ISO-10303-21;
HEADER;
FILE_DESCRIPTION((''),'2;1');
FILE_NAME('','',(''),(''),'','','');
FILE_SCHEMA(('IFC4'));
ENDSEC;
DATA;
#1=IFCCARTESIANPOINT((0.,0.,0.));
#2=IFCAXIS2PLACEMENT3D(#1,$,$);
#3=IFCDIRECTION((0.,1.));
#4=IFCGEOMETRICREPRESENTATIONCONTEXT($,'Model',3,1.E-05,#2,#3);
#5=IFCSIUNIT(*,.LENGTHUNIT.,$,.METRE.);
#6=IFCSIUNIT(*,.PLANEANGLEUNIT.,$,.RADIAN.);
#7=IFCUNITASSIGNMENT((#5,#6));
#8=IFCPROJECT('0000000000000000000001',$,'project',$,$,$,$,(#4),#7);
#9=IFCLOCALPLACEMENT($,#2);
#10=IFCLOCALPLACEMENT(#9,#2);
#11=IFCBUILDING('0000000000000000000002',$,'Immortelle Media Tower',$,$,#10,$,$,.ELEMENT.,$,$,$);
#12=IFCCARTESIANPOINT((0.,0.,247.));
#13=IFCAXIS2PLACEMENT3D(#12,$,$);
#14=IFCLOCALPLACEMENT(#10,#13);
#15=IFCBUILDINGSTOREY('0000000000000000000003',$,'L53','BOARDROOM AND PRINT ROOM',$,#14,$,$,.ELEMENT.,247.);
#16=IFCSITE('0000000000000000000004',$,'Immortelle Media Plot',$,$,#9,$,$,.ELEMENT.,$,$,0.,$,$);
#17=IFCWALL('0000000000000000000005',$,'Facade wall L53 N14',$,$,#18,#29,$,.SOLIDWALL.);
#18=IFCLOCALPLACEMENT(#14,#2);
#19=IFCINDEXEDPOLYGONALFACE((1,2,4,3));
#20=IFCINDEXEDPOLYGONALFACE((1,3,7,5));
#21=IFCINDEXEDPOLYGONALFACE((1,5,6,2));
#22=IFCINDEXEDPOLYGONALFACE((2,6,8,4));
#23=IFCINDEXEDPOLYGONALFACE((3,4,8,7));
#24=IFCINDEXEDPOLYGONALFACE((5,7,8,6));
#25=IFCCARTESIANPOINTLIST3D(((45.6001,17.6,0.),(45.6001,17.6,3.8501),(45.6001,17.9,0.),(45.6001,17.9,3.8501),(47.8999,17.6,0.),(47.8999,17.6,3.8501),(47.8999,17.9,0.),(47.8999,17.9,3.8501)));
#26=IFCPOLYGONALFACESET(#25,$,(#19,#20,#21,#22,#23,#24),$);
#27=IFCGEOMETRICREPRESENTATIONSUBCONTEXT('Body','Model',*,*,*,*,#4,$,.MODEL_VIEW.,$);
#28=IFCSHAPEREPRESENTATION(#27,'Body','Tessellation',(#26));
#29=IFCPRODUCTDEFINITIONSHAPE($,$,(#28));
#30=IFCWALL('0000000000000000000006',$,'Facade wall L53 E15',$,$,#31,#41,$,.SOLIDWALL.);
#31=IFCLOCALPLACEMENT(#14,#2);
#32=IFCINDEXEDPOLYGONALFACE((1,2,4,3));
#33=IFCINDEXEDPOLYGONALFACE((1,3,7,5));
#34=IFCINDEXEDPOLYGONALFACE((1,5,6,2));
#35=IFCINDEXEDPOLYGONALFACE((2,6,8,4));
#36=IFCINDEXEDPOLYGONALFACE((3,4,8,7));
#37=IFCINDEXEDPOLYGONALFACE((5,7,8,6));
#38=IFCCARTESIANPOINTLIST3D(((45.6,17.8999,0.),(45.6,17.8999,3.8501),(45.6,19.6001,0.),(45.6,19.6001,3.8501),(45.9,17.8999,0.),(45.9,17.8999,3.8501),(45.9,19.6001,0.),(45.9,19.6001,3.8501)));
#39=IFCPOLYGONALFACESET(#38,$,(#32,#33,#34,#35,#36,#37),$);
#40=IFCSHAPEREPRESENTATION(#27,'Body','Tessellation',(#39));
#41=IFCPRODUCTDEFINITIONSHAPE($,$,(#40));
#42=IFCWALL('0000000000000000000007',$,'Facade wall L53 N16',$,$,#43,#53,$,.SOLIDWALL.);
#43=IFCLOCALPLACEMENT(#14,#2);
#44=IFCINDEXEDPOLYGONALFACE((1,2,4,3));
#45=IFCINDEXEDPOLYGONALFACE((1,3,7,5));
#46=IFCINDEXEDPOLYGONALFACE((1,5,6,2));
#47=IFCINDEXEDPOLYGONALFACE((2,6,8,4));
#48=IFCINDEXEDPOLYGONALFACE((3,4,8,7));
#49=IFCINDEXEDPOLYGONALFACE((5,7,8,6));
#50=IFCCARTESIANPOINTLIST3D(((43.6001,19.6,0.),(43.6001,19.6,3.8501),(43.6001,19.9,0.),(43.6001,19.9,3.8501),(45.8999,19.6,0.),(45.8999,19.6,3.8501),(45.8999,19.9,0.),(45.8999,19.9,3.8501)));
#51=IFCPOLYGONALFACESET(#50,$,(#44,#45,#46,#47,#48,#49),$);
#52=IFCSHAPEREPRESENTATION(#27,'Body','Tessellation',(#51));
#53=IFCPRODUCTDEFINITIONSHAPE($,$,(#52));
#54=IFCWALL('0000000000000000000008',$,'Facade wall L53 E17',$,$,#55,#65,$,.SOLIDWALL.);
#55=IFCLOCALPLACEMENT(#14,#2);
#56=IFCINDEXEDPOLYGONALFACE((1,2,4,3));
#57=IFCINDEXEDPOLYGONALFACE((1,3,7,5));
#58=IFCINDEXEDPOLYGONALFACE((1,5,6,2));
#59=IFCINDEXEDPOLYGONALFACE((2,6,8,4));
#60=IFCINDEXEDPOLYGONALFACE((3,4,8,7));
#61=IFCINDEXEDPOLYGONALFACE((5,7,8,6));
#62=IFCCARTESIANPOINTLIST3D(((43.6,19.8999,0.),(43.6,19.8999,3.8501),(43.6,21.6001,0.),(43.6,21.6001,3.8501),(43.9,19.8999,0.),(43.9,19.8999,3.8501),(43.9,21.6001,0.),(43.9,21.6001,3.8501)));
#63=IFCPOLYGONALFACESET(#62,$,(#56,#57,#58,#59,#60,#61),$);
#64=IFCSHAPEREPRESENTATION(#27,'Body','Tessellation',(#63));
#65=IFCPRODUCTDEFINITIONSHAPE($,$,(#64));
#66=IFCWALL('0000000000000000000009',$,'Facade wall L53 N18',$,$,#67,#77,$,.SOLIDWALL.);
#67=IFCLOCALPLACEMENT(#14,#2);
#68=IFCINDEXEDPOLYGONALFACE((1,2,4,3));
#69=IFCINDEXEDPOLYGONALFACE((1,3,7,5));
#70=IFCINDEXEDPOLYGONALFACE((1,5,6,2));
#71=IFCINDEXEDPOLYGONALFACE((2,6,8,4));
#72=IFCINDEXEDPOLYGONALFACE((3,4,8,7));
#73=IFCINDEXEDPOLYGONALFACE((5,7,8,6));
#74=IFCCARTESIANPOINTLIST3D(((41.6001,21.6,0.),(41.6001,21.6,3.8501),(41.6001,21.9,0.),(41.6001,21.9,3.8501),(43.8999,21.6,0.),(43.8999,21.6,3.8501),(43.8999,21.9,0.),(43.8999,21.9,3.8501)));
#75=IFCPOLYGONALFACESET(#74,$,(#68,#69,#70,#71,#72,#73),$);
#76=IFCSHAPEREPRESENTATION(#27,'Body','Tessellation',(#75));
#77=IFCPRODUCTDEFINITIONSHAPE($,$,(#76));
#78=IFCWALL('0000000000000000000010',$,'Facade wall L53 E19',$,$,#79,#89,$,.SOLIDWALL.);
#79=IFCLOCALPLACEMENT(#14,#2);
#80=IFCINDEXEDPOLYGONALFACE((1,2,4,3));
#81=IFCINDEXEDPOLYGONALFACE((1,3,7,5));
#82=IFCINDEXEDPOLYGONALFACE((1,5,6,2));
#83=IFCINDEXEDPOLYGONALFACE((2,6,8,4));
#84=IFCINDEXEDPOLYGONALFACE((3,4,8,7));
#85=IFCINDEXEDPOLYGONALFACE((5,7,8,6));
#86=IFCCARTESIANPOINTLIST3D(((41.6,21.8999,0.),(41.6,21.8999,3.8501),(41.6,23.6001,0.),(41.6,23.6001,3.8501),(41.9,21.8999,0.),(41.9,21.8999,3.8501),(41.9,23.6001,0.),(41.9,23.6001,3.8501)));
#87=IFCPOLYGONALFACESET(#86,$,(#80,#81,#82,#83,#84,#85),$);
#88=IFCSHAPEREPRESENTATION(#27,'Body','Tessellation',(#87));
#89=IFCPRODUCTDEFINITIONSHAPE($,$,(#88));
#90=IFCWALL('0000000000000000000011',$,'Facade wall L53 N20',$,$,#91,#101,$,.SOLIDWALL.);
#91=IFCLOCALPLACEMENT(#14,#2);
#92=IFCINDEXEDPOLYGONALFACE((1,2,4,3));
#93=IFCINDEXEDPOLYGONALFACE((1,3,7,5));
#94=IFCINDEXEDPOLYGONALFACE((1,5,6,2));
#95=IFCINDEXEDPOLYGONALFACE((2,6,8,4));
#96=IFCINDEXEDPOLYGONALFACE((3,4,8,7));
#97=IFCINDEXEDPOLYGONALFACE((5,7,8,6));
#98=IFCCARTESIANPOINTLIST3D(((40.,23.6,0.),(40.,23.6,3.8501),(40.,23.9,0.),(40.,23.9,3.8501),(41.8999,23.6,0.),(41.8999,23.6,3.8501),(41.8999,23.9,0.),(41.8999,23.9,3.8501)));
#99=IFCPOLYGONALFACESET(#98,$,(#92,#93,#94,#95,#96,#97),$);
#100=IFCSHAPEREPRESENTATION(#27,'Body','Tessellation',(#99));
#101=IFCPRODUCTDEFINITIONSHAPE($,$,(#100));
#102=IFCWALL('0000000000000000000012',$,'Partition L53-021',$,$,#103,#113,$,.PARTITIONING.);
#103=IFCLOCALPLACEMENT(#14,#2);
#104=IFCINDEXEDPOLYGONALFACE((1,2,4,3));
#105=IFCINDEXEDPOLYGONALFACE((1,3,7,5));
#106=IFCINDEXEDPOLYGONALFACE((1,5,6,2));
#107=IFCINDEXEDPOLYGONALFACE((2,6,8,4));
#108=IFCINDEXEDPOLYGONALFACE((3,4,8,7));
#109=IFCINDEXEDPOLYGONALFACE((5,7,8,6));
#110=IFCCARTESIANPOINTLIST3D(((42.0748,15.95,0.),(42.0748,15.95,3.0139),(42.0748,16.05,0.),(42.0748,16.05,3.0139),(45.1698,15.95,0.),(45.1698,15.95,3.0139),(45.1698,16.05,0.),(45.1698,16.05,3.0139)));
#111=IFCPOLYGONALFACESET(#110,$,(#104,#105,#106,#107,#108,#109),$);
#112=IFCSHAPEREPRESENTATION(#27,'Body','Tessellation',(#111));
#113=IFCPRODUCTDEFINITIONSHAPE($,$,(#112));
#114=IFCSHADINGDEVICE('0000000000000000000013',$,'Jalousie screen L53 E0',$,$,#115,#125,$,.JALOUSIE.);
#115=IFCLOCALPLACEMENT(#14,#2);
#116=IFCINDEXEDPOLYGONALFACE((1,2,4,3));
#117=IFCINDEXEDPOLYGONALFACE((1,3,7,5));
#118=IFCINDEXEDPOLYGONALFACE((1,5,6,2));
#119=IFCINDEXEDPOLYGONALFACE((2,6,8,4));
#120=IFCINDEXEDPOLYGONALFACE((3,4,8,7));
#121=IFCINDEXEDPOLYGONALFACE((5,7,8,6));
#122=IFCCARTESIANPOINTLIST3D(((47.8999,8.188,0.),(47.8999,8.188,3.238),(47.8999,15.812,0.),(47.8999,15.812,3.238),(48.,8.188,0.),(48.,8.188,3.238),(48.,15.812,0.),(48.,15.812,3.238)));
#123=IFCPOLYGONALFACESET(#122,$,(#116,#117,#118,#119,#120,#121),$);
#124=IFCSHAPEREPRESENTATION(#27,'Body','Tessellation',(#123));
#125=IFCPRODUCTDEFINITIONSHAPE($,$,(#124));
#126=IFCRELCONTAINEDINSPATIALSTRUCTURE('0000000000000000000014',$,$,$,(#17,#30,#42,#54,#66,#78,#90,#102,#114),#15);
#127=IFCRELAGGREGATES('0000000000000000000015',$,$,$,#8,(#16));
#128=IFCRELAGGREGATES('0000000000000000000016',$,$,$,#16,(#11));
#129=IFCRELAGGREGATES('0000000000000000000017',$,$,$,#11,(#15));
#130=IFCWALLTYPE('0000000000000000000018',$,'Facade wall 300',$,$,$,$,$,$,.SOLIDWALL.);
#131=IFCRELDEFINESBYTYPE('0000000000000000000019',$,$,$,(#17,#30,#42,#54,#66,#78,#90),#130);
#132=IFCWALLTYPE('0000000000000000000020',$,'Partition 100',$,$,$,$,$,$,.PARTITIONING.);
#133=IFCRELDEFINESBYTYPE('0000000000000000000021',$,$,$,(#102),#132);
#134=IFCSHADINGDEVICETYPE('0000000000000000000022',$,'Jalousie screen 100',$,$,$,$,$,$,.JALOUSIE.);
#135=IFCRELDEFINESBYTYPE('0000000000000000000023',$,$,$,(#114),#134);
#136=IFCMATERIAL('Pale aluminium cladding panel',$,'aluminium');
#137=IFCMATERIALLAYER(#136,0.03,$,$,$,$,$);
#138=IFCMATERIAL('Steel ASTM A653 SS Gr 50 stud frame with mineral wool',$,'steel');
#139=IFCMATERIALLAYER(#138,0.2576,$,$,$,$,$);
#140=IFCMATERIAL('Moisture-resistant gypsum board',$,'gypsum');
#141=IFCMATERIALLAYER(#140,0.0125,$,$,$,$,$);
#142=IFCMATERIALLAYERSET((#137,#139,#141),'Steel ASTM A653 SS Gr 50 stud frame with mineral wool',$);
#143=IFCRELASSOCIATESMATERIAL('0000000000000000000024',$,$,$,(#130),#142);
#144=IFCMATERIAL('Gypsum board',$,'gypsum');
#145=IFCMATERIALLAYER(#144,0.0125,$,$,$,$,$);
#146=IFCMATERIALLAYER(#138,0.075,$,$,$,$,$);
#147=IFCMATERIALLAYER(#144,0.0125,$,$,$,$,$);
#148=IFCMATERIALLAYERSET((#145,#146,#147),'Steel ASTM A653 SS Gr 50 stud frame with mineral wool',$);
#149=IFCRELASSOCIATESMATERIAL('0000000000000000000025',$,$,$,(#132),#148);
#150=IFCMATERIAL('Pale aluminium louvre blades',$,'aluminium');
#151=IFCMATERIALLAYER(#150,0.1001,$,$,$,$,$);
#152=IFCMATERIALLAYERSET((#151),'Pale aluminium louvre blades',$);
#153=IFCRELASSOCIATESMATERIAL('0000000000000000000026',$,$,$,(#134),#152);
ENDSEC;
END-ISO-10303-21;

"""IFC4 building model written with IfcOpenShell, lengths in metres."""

from ifc_helpers import new_model, si_unit, direction, frame, frame_2d, origin, origin_2d, place, context, subcontext, project, spatial, rectangle, extrude, material, layer, layer_set, type_object, element, save


model = new_model("IFC4")

# Units and contexts
model_context = context("Model", 3, precision=1e-05, world=origin(), true_north=direction((0.0, 1.0)))
body_context = subcontext(model_context, "Body", "Model", "MODEL_VIEW")
ifc_project = project(units=[si_unit("LENGTHUNIT", "METRE"), si_unit("PLANEANGLEUNIT", "RADIAN")], contexts=[model_context])

# Site, building, storey
site_placement = place(None, origin())
site = spatial("IfcSite", under=ifc_project, at=site_placement, Name="Immortelle Media Plot", CompositionType="ELEMENT", RefElevation=0.0)
building_placement = place(site_placement, origin())
building = spatial("IfcBuilding", under=site, at=building_placement, Name="Immortelle Media Tower", CompositionType="ELEMENT")
storey_placement = place(building_placement, frame((0.0, 0.0, 247.0)))
storey = spatial("IfcBuildingStorey", under=building, at=storey_placement, Name="L53", Description="BOARDROOM AND PRINT ROOM", CompositionType="ELEMENT", Elevation=247.0)

# Walls
ifc_material_1 = material(Name="Steel ASTM A653 SS Gr 50 stud frame with mineral wool", Category="steel")
ifc_material_2 = material(Name="Pale aluminium cladding panel", Category="aluminium")
ifc_layer_1 = layer(ifc_material_2, 0.03)
ifc_layer_2 = layer(ifc_material_1, 0.2576)
ifc_material_3 = material(Name="Moisture-resistant gypsum board", Category="gypsum")
ifc_layer_3 = layer(ifc_material_3, 0.0125)
ifc_layer_set_1 = layer_set([ifc_layer_1, ifc_layer_2, ifc_layer_3], Name="Steel ASTM A653 SS Gr 50 stud frame with mineral wool")
wall_type_1 = type_object("IfcWallType", Name="Facade wall 300", PredefinedType="SOLIDWALL", material=ifc_layer_set_1)
wall_1_placement = place(storey_placement, frame((47.8999, 17.75, 0.0), z_axis=(0.0, 0.0, 1.0), x_axis=(-1.0, 0.0, 0.0)))
element("IfcWall", 1, at=wall_1_placement, inside=storey, type_object=wall_type_1, Name="Facade wall L53 N14", PredefinedType="SOLIDWALL", context=body_context, shape_type="SweptSolid", body=[
    extrude(rectangle(XDim=2.2998, YDim=0.3, at=frame_2d((1.1499, 0.0))), origin(), (0.0, 0.0, 1.0), 3.8501),
])
wall_2_placement = place(storey_placement, frame((45.75, 17.8999, 0.0), z_axis=(0.0, 0.0, 1.0), x_axis=(0.0, 1.0, 0.0)))
element("IfcWall", 2, at=wall_2_placement, inside=storey, type_object=wall_type_1, Name="Facade wall L53 E15", PredefinedType="SOLIDWALL", context=body_context, shape_type="SweptSolid", body=[
    extrude(rectangle(XDim=1.7002, YDim=0.3, at=frame_2d((0.8501, 0.0))), origin(), (0.0, 0.0, 1.0), 3.8501),
])
wall_3_placement = place(storey_placement, frame((45.8999, 19.75, 0.0), z_axis=(0.0, 0.0, 1.0), x_axis=(-1.0, 0.0, 0.0)))
element("IfcWall", 3, at=wall_3_placement, inside=storey, type_object=wall_type_1, Name="Facade wall L53 N16", PredefinedType="SOLIDWALL", context=body_context, shape_type="SweptSolid", body=[
    extrude(rectangle(XDim=2.2998, YDim=0.3, at=frame_2d((1.1499, 0.0))), origin(), (0.0, 0.0, 1.0), 3.8501),
])
wall_4_placement = place(storey_placement, frame((43.75, 19.8999, 0.0), z_axis=(0.0, 0.0, 1.0), x_axis=(0.0, 1.0, 0.0)))
element("IfcWall", 4, at=wall_4_placement, inside=storey, type_object=wall_type_1, Name="Facade wall L53 E17", PredefinedType="SOLIDWALL", context=body_context, shape_type="SweptSolid", body=[
    extrude(rectangle(XDim=1.7002, YDim=0.3, at=frame_2d((0.8501, 0.0))), origin(), (0.0, 0.0, 1.0), 3.8501),
])
wall_5_placement = place(storey_placement, frame((43.8999, 21.75, 0.0), z_axis=(0.0, 0.0, 1.0), x_axis=(-1.0, 0.0, 0.0)))
element("IfcWall", 5, at=wall_5_placement, inside=storey, type_object=wall_type_1, Name="Facade wall L53 N18", PredefinedType="SOLIDWALL", context=body_context, shape_type="SweptSolid", body=[
    extrude(rectangle(XDim=2.2998, YDim=0.3, at=frame_2d((1.1499, 0.0))), origin(), (0.0, 0.0, 1.0), 3.8501),
])
wall_6_placement = place(storey_placement, frame((41.75, 21.8999, 0.0), z_axis=(0.0, 0.0, 1.0), x_axis=(0.0, 1.0, 0.0)))
element("IfcWall", 6, at=wall_6_placement, inside=storey, type_object=wall_type_1, Name="Facade wall L53 E19", PredefinedType="SOLIDWALL", context=body_context, shape_type="SweptSolid", body=[
    extrude(rectangle(XDim=1.7002, YDim=0.3, at=frame_2d((0.8501, 0.0))), origin(), (0.0, 0.0, 1.0), 3.8501),
])
wall_7_placement = place(storey_placement, frame((41.8999, 23.75, 0.0), z_axis=(0.0, 0.0, 1.0), x_axis=(-1.0, 0.0, 0.0)))
element("IfcWall", 7, at=wall_7_placement, inside=storey, type_object=wall_type_1, Name="Facade wall L53 N20", PredefinedType="SOLIDWALL", context=body_context, shape_type="SweptSolid", body=[
    extrude(rectangle(XDim=1.8999, YDim=0.3, at=frame_2d((0.95, 0.0))), origin(), (0.0, 0.0, 1.0), 3.8501),
])
ifc_material_4 = material(Name="Gypsum board", Category="gypsum")
ifc_layer_4 = layer(ifc_material_4, 0.0125)
ifc_layer_5 = layer(ifc_material_1, 0.075)
ifc_layer_6 = layer(ifc_material_4, 0.0125)
ifc_layer_set_2 = layer_set([ifc_layer_4, ifc_layer_5, ifc_layer_6], Name="Steel ASTM A653 SS Gr 50 stud frame with mineral wool")
wall_type_2 = type_object("IfcWallType", Name="Partition 100", PredefinedType="PARTITIONING", material=ifc_layer_set_2)
wall_8_placement = place(storey_placement, frame((42.075, 16.0, 0.0), z_axis=(0.0, 0.0, 1.0), x_axis=(1.0, 0.0, 0.0)))
element("IfcWall", 8, at=wall_8_placement, inside=storey, type_object=wall_type_2, Name="Partition L53-021", PredefinedType="PARTITIONING", context=body_context, shape_type="SweptSolid", body=[
    extrude(rectangle(XDim=3.095, YDim=0.1001, at=frame_2d((1.5474, 0.0))), origin(), (0.0, 0.0, 1.0), 3.0139),
])

# Shading device
ifc_material_5 = material(Name="Pale aluminium louvre blades", Category="aluminium")
ifc_layer_7 = layer(ifc_material_5, 0.1001)
ifc_layer_set_3 = layer_set([ifc_layer_7], Name="Pale aluminium louvre blades")
shading_device_type = type_object("IfcShadingDeviceType", Name="Jalousie screen 100", PredefinedType="JALOUSIE", material=ifc_layer_set_3)
shading_device_placement = place(storey_placement, frame((47.95, 12.0, 0.0), z_axis=(0.0, 0.0, 1.0), x_axis=(0.0, 1.0, 0.0)))
element("IfcShadingDevice", 9, at=shading_device_placement, inside=storey, type_object=shading_device_type, Name="Jalousie screen L53 E0", PredefinedType="JALOUSIE", context=body_context, shape_type="SweptSolid", body=[
    extrude(rectangle(XDim=7.624, YDim=0.1001, at=origin_2d()), origin(), (0.0, 0.0, 1.0), 3.238),
])

save(model, "model.ifc")
